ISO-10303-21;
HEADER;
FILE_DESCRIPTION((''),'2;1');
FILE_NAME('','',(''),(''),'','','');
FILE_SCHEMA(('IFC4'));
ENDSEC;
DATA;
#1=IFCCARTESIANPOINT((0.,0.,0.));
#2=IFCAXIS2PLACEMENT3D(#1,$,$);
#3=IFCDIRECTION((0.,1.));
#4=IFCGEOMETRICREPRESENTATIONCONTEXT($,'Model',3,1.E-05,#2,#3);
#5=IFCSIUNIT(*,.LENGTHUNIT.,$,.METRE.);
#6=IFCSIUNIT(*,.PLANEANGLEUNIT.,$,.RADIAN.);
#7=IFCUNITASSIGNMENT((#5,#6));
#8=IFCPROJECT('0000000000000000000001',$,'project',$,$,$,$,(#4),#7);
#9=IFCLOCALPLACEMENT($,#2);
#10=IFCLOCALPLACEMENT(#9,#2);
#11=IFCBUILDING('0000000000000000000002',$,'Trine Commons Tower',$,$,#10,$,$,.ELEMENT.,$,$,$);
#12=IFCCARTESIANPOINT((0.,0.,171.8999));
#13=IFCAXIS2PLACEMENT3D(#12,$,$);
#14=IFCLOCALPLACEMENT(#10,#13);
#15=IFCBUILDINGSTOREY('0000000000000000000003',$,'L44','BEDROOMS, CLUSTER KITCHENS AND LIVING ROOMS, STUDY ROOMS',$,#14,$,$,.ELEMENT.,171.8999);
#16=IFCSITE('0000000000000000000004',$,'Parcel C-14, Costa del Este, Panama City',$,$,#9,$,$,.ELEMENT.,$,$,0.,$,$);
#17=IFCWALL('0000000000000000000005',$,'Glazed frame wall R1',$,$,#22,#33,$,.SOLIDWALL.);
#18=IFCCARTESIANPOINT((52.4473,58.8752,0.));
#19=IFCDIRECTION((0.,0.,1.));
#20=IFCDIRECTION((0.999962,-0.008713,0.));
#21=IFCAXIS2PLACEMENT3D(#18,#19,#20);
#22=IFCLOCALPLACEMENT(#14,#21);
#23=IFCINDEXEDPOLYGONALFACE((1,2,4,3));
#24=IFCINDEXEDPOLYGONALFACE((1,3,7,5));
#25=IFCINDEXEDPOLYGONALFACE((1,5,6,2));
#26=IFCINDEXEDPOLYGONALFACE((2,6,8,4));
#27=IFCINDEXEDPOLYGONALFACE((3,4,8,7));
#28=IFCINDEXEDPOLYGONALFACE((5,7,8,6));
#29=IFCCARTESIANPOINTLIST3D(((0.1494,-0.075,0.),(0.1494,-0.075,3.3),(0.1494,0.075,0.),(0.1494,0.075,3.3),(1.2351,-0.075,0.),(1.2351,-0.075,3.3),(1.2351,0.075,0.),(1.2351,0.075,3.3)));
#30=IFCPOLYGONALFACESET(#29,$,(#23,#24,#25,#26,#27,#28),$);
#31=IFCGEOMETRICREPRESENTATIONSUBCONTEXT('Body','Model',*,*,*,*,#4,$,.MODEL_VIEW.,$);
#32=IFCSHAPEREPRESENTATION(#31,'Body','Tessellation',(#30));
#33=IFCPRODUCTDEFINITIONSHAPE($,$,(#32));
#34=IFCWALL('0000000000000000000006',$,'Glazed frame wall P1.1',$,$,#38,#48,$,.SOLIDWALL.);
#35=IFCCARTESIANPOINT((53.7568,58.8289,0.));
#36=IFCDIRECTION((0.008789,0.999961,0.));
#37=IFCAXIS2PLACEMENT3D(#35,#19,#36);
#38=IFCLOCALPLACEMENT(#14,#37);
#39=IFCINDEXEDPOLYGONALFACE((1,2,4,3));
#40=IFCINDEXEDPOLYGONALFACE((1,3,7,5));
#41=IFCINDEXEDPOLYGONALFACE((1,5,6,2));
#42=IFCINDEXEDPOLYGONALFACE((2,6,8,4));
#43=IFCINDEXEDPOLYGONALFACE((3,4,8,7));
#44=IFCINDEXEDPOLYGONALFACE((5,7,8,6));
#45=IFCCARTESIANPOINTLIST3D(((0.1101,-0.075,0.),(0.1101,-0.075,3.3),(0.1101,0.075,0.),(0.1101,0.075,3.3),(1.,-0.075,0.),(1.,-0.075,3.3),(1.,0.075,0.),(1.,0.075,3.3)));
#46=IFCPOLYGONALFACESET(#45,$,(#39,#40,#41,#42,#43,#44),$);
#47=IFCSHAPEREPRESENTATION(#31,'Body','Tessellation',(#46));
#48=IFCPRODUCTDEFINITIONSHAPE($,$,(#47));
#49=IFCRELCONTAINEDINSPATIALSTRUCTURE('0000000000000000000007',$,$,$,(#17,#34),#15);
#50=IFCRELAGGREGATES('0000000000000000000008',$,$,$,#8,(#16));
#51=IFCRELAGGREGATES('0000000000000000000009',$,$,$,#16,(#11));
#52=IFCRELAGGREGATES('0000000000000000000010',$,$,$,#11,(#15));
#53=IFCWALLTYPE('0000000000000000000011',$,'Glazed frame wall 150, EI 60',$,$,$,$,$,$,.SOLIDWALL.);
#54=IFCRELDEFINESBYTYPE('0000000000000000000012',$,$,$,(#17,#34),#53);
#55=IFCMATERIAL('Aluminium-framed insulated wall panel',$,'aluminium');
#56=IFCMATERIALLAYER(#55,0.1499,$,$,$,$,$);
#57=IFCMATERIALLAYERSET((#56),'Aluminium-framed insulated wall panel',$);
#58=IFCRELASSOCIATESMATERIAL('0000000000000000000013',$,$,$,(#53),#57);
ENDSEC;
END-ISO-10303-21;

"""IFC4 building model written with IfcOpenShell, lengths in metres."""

from ifc_helpers import new_model, si_unit, direction, frame, origin, place, context, subcontext, project, spatial, polyline, outline, extrude, material, layer, layer_set, type_object, element, save


model = new_model("IFC4")

# Units and contexts
model_context = context("Model", 3, precision=1e-05, world=origin(), true_north=direction((0.0, 1.0)))
body_context = subcontext(model_context, "Body", "Model", "MODEL_VIEW")
ifc_project = project(units=[si_unit("LENGTHUNIT", "METRE"), si_unit("PLANEANGLEUNIT", "RADIAN")], contexts=[model_context])

# Site, building, storey
site_placement = place(None, origin())
site = spatial("IfcSite", under=ifc_project, at=site_placement, Name="Parcel C-14, Costa del Este, Panama City", CompositionType="ELEMENT", RefElevation=0.0)
building_placement = place(site_placement, origin())
building = spatial("IfcBuilding", under=site, at=building_placement, Name="Trine Commons Tower", CompositionType="ELEMENT")
storey_placement = place(building_placement, frame((0.0, 0.0, 171.8999)))
storey = spatial("IfcBuildingStorey", under=building, at=storey_placement, Name="L44", Description="BEDROOMS, CLUSTER KITCHENS AND LIVING ROOMS, STUDY ROOMS", CompositionType="ELEMENT", Elevation=171.8999)

# Walls
ifc_material_1 = material(Name="Aluminium-framed insulated wall panel", Category="aluminium")
ifc_layer_1 = layer(ifc_material_1, 0.1499)
ifc_layer_set_1 = layer_set([ifc_layer_1], Name="Aluminium-framed insulated wall panel")
wall_type = type_object("IfcWallType", Name="Glazed frame wall 150, EI 60", PredefinedType="SOLIDWALL", material=ifc_layer_set_1)
wall_1_placement = place(storey_placement, frame((52.4473, 58.8752, 0.0), z_axis=(0.0, 0.0, 1.0), x_axis=(0.999962, -0.008713, 0.0)))
element("IfcWall", 1, at=wall_1_placement, inside=storey, type_object=wall_type, Name="Glazed frame wall R1", PredefinedType="SOLIDWALL", context=body_context, shape_type="SweptSolid", body=[
    extrude(outline(polyline([(0.1494, 0.075), (0.1494, -0.075), (1.2351, -0.075), (1.2351, 0.075), (0.1494, 0.075)])), origin(), (0.0, 0.0, 1.0), 3.3),
])
wall_2_placement = place(storey_placement, frame((53.7568, 58.8289, 0.0), z_axis=(0.0, 0.0, 1.0), x_axis=(0.008789, 0.999961, 0.0)))
element("IfcWall", 2, at=wall_2_placement, inside=storey, type_object=wall_type, Name="Glazed frame wall P1.1", PredefinedType="SOLIDWALL", context=body_context, shape_type="SweptSolid", body=[
    extrude(outline(polyline([(0.1101, -0.075), (1.0, -0.075), (1.0, 0.075), (0.1101, 0.075), (0.1101, -0.075)])), origin(), (0.0, 0.0, 1.0), 3.3),
])

save(model, "model.ifc")
